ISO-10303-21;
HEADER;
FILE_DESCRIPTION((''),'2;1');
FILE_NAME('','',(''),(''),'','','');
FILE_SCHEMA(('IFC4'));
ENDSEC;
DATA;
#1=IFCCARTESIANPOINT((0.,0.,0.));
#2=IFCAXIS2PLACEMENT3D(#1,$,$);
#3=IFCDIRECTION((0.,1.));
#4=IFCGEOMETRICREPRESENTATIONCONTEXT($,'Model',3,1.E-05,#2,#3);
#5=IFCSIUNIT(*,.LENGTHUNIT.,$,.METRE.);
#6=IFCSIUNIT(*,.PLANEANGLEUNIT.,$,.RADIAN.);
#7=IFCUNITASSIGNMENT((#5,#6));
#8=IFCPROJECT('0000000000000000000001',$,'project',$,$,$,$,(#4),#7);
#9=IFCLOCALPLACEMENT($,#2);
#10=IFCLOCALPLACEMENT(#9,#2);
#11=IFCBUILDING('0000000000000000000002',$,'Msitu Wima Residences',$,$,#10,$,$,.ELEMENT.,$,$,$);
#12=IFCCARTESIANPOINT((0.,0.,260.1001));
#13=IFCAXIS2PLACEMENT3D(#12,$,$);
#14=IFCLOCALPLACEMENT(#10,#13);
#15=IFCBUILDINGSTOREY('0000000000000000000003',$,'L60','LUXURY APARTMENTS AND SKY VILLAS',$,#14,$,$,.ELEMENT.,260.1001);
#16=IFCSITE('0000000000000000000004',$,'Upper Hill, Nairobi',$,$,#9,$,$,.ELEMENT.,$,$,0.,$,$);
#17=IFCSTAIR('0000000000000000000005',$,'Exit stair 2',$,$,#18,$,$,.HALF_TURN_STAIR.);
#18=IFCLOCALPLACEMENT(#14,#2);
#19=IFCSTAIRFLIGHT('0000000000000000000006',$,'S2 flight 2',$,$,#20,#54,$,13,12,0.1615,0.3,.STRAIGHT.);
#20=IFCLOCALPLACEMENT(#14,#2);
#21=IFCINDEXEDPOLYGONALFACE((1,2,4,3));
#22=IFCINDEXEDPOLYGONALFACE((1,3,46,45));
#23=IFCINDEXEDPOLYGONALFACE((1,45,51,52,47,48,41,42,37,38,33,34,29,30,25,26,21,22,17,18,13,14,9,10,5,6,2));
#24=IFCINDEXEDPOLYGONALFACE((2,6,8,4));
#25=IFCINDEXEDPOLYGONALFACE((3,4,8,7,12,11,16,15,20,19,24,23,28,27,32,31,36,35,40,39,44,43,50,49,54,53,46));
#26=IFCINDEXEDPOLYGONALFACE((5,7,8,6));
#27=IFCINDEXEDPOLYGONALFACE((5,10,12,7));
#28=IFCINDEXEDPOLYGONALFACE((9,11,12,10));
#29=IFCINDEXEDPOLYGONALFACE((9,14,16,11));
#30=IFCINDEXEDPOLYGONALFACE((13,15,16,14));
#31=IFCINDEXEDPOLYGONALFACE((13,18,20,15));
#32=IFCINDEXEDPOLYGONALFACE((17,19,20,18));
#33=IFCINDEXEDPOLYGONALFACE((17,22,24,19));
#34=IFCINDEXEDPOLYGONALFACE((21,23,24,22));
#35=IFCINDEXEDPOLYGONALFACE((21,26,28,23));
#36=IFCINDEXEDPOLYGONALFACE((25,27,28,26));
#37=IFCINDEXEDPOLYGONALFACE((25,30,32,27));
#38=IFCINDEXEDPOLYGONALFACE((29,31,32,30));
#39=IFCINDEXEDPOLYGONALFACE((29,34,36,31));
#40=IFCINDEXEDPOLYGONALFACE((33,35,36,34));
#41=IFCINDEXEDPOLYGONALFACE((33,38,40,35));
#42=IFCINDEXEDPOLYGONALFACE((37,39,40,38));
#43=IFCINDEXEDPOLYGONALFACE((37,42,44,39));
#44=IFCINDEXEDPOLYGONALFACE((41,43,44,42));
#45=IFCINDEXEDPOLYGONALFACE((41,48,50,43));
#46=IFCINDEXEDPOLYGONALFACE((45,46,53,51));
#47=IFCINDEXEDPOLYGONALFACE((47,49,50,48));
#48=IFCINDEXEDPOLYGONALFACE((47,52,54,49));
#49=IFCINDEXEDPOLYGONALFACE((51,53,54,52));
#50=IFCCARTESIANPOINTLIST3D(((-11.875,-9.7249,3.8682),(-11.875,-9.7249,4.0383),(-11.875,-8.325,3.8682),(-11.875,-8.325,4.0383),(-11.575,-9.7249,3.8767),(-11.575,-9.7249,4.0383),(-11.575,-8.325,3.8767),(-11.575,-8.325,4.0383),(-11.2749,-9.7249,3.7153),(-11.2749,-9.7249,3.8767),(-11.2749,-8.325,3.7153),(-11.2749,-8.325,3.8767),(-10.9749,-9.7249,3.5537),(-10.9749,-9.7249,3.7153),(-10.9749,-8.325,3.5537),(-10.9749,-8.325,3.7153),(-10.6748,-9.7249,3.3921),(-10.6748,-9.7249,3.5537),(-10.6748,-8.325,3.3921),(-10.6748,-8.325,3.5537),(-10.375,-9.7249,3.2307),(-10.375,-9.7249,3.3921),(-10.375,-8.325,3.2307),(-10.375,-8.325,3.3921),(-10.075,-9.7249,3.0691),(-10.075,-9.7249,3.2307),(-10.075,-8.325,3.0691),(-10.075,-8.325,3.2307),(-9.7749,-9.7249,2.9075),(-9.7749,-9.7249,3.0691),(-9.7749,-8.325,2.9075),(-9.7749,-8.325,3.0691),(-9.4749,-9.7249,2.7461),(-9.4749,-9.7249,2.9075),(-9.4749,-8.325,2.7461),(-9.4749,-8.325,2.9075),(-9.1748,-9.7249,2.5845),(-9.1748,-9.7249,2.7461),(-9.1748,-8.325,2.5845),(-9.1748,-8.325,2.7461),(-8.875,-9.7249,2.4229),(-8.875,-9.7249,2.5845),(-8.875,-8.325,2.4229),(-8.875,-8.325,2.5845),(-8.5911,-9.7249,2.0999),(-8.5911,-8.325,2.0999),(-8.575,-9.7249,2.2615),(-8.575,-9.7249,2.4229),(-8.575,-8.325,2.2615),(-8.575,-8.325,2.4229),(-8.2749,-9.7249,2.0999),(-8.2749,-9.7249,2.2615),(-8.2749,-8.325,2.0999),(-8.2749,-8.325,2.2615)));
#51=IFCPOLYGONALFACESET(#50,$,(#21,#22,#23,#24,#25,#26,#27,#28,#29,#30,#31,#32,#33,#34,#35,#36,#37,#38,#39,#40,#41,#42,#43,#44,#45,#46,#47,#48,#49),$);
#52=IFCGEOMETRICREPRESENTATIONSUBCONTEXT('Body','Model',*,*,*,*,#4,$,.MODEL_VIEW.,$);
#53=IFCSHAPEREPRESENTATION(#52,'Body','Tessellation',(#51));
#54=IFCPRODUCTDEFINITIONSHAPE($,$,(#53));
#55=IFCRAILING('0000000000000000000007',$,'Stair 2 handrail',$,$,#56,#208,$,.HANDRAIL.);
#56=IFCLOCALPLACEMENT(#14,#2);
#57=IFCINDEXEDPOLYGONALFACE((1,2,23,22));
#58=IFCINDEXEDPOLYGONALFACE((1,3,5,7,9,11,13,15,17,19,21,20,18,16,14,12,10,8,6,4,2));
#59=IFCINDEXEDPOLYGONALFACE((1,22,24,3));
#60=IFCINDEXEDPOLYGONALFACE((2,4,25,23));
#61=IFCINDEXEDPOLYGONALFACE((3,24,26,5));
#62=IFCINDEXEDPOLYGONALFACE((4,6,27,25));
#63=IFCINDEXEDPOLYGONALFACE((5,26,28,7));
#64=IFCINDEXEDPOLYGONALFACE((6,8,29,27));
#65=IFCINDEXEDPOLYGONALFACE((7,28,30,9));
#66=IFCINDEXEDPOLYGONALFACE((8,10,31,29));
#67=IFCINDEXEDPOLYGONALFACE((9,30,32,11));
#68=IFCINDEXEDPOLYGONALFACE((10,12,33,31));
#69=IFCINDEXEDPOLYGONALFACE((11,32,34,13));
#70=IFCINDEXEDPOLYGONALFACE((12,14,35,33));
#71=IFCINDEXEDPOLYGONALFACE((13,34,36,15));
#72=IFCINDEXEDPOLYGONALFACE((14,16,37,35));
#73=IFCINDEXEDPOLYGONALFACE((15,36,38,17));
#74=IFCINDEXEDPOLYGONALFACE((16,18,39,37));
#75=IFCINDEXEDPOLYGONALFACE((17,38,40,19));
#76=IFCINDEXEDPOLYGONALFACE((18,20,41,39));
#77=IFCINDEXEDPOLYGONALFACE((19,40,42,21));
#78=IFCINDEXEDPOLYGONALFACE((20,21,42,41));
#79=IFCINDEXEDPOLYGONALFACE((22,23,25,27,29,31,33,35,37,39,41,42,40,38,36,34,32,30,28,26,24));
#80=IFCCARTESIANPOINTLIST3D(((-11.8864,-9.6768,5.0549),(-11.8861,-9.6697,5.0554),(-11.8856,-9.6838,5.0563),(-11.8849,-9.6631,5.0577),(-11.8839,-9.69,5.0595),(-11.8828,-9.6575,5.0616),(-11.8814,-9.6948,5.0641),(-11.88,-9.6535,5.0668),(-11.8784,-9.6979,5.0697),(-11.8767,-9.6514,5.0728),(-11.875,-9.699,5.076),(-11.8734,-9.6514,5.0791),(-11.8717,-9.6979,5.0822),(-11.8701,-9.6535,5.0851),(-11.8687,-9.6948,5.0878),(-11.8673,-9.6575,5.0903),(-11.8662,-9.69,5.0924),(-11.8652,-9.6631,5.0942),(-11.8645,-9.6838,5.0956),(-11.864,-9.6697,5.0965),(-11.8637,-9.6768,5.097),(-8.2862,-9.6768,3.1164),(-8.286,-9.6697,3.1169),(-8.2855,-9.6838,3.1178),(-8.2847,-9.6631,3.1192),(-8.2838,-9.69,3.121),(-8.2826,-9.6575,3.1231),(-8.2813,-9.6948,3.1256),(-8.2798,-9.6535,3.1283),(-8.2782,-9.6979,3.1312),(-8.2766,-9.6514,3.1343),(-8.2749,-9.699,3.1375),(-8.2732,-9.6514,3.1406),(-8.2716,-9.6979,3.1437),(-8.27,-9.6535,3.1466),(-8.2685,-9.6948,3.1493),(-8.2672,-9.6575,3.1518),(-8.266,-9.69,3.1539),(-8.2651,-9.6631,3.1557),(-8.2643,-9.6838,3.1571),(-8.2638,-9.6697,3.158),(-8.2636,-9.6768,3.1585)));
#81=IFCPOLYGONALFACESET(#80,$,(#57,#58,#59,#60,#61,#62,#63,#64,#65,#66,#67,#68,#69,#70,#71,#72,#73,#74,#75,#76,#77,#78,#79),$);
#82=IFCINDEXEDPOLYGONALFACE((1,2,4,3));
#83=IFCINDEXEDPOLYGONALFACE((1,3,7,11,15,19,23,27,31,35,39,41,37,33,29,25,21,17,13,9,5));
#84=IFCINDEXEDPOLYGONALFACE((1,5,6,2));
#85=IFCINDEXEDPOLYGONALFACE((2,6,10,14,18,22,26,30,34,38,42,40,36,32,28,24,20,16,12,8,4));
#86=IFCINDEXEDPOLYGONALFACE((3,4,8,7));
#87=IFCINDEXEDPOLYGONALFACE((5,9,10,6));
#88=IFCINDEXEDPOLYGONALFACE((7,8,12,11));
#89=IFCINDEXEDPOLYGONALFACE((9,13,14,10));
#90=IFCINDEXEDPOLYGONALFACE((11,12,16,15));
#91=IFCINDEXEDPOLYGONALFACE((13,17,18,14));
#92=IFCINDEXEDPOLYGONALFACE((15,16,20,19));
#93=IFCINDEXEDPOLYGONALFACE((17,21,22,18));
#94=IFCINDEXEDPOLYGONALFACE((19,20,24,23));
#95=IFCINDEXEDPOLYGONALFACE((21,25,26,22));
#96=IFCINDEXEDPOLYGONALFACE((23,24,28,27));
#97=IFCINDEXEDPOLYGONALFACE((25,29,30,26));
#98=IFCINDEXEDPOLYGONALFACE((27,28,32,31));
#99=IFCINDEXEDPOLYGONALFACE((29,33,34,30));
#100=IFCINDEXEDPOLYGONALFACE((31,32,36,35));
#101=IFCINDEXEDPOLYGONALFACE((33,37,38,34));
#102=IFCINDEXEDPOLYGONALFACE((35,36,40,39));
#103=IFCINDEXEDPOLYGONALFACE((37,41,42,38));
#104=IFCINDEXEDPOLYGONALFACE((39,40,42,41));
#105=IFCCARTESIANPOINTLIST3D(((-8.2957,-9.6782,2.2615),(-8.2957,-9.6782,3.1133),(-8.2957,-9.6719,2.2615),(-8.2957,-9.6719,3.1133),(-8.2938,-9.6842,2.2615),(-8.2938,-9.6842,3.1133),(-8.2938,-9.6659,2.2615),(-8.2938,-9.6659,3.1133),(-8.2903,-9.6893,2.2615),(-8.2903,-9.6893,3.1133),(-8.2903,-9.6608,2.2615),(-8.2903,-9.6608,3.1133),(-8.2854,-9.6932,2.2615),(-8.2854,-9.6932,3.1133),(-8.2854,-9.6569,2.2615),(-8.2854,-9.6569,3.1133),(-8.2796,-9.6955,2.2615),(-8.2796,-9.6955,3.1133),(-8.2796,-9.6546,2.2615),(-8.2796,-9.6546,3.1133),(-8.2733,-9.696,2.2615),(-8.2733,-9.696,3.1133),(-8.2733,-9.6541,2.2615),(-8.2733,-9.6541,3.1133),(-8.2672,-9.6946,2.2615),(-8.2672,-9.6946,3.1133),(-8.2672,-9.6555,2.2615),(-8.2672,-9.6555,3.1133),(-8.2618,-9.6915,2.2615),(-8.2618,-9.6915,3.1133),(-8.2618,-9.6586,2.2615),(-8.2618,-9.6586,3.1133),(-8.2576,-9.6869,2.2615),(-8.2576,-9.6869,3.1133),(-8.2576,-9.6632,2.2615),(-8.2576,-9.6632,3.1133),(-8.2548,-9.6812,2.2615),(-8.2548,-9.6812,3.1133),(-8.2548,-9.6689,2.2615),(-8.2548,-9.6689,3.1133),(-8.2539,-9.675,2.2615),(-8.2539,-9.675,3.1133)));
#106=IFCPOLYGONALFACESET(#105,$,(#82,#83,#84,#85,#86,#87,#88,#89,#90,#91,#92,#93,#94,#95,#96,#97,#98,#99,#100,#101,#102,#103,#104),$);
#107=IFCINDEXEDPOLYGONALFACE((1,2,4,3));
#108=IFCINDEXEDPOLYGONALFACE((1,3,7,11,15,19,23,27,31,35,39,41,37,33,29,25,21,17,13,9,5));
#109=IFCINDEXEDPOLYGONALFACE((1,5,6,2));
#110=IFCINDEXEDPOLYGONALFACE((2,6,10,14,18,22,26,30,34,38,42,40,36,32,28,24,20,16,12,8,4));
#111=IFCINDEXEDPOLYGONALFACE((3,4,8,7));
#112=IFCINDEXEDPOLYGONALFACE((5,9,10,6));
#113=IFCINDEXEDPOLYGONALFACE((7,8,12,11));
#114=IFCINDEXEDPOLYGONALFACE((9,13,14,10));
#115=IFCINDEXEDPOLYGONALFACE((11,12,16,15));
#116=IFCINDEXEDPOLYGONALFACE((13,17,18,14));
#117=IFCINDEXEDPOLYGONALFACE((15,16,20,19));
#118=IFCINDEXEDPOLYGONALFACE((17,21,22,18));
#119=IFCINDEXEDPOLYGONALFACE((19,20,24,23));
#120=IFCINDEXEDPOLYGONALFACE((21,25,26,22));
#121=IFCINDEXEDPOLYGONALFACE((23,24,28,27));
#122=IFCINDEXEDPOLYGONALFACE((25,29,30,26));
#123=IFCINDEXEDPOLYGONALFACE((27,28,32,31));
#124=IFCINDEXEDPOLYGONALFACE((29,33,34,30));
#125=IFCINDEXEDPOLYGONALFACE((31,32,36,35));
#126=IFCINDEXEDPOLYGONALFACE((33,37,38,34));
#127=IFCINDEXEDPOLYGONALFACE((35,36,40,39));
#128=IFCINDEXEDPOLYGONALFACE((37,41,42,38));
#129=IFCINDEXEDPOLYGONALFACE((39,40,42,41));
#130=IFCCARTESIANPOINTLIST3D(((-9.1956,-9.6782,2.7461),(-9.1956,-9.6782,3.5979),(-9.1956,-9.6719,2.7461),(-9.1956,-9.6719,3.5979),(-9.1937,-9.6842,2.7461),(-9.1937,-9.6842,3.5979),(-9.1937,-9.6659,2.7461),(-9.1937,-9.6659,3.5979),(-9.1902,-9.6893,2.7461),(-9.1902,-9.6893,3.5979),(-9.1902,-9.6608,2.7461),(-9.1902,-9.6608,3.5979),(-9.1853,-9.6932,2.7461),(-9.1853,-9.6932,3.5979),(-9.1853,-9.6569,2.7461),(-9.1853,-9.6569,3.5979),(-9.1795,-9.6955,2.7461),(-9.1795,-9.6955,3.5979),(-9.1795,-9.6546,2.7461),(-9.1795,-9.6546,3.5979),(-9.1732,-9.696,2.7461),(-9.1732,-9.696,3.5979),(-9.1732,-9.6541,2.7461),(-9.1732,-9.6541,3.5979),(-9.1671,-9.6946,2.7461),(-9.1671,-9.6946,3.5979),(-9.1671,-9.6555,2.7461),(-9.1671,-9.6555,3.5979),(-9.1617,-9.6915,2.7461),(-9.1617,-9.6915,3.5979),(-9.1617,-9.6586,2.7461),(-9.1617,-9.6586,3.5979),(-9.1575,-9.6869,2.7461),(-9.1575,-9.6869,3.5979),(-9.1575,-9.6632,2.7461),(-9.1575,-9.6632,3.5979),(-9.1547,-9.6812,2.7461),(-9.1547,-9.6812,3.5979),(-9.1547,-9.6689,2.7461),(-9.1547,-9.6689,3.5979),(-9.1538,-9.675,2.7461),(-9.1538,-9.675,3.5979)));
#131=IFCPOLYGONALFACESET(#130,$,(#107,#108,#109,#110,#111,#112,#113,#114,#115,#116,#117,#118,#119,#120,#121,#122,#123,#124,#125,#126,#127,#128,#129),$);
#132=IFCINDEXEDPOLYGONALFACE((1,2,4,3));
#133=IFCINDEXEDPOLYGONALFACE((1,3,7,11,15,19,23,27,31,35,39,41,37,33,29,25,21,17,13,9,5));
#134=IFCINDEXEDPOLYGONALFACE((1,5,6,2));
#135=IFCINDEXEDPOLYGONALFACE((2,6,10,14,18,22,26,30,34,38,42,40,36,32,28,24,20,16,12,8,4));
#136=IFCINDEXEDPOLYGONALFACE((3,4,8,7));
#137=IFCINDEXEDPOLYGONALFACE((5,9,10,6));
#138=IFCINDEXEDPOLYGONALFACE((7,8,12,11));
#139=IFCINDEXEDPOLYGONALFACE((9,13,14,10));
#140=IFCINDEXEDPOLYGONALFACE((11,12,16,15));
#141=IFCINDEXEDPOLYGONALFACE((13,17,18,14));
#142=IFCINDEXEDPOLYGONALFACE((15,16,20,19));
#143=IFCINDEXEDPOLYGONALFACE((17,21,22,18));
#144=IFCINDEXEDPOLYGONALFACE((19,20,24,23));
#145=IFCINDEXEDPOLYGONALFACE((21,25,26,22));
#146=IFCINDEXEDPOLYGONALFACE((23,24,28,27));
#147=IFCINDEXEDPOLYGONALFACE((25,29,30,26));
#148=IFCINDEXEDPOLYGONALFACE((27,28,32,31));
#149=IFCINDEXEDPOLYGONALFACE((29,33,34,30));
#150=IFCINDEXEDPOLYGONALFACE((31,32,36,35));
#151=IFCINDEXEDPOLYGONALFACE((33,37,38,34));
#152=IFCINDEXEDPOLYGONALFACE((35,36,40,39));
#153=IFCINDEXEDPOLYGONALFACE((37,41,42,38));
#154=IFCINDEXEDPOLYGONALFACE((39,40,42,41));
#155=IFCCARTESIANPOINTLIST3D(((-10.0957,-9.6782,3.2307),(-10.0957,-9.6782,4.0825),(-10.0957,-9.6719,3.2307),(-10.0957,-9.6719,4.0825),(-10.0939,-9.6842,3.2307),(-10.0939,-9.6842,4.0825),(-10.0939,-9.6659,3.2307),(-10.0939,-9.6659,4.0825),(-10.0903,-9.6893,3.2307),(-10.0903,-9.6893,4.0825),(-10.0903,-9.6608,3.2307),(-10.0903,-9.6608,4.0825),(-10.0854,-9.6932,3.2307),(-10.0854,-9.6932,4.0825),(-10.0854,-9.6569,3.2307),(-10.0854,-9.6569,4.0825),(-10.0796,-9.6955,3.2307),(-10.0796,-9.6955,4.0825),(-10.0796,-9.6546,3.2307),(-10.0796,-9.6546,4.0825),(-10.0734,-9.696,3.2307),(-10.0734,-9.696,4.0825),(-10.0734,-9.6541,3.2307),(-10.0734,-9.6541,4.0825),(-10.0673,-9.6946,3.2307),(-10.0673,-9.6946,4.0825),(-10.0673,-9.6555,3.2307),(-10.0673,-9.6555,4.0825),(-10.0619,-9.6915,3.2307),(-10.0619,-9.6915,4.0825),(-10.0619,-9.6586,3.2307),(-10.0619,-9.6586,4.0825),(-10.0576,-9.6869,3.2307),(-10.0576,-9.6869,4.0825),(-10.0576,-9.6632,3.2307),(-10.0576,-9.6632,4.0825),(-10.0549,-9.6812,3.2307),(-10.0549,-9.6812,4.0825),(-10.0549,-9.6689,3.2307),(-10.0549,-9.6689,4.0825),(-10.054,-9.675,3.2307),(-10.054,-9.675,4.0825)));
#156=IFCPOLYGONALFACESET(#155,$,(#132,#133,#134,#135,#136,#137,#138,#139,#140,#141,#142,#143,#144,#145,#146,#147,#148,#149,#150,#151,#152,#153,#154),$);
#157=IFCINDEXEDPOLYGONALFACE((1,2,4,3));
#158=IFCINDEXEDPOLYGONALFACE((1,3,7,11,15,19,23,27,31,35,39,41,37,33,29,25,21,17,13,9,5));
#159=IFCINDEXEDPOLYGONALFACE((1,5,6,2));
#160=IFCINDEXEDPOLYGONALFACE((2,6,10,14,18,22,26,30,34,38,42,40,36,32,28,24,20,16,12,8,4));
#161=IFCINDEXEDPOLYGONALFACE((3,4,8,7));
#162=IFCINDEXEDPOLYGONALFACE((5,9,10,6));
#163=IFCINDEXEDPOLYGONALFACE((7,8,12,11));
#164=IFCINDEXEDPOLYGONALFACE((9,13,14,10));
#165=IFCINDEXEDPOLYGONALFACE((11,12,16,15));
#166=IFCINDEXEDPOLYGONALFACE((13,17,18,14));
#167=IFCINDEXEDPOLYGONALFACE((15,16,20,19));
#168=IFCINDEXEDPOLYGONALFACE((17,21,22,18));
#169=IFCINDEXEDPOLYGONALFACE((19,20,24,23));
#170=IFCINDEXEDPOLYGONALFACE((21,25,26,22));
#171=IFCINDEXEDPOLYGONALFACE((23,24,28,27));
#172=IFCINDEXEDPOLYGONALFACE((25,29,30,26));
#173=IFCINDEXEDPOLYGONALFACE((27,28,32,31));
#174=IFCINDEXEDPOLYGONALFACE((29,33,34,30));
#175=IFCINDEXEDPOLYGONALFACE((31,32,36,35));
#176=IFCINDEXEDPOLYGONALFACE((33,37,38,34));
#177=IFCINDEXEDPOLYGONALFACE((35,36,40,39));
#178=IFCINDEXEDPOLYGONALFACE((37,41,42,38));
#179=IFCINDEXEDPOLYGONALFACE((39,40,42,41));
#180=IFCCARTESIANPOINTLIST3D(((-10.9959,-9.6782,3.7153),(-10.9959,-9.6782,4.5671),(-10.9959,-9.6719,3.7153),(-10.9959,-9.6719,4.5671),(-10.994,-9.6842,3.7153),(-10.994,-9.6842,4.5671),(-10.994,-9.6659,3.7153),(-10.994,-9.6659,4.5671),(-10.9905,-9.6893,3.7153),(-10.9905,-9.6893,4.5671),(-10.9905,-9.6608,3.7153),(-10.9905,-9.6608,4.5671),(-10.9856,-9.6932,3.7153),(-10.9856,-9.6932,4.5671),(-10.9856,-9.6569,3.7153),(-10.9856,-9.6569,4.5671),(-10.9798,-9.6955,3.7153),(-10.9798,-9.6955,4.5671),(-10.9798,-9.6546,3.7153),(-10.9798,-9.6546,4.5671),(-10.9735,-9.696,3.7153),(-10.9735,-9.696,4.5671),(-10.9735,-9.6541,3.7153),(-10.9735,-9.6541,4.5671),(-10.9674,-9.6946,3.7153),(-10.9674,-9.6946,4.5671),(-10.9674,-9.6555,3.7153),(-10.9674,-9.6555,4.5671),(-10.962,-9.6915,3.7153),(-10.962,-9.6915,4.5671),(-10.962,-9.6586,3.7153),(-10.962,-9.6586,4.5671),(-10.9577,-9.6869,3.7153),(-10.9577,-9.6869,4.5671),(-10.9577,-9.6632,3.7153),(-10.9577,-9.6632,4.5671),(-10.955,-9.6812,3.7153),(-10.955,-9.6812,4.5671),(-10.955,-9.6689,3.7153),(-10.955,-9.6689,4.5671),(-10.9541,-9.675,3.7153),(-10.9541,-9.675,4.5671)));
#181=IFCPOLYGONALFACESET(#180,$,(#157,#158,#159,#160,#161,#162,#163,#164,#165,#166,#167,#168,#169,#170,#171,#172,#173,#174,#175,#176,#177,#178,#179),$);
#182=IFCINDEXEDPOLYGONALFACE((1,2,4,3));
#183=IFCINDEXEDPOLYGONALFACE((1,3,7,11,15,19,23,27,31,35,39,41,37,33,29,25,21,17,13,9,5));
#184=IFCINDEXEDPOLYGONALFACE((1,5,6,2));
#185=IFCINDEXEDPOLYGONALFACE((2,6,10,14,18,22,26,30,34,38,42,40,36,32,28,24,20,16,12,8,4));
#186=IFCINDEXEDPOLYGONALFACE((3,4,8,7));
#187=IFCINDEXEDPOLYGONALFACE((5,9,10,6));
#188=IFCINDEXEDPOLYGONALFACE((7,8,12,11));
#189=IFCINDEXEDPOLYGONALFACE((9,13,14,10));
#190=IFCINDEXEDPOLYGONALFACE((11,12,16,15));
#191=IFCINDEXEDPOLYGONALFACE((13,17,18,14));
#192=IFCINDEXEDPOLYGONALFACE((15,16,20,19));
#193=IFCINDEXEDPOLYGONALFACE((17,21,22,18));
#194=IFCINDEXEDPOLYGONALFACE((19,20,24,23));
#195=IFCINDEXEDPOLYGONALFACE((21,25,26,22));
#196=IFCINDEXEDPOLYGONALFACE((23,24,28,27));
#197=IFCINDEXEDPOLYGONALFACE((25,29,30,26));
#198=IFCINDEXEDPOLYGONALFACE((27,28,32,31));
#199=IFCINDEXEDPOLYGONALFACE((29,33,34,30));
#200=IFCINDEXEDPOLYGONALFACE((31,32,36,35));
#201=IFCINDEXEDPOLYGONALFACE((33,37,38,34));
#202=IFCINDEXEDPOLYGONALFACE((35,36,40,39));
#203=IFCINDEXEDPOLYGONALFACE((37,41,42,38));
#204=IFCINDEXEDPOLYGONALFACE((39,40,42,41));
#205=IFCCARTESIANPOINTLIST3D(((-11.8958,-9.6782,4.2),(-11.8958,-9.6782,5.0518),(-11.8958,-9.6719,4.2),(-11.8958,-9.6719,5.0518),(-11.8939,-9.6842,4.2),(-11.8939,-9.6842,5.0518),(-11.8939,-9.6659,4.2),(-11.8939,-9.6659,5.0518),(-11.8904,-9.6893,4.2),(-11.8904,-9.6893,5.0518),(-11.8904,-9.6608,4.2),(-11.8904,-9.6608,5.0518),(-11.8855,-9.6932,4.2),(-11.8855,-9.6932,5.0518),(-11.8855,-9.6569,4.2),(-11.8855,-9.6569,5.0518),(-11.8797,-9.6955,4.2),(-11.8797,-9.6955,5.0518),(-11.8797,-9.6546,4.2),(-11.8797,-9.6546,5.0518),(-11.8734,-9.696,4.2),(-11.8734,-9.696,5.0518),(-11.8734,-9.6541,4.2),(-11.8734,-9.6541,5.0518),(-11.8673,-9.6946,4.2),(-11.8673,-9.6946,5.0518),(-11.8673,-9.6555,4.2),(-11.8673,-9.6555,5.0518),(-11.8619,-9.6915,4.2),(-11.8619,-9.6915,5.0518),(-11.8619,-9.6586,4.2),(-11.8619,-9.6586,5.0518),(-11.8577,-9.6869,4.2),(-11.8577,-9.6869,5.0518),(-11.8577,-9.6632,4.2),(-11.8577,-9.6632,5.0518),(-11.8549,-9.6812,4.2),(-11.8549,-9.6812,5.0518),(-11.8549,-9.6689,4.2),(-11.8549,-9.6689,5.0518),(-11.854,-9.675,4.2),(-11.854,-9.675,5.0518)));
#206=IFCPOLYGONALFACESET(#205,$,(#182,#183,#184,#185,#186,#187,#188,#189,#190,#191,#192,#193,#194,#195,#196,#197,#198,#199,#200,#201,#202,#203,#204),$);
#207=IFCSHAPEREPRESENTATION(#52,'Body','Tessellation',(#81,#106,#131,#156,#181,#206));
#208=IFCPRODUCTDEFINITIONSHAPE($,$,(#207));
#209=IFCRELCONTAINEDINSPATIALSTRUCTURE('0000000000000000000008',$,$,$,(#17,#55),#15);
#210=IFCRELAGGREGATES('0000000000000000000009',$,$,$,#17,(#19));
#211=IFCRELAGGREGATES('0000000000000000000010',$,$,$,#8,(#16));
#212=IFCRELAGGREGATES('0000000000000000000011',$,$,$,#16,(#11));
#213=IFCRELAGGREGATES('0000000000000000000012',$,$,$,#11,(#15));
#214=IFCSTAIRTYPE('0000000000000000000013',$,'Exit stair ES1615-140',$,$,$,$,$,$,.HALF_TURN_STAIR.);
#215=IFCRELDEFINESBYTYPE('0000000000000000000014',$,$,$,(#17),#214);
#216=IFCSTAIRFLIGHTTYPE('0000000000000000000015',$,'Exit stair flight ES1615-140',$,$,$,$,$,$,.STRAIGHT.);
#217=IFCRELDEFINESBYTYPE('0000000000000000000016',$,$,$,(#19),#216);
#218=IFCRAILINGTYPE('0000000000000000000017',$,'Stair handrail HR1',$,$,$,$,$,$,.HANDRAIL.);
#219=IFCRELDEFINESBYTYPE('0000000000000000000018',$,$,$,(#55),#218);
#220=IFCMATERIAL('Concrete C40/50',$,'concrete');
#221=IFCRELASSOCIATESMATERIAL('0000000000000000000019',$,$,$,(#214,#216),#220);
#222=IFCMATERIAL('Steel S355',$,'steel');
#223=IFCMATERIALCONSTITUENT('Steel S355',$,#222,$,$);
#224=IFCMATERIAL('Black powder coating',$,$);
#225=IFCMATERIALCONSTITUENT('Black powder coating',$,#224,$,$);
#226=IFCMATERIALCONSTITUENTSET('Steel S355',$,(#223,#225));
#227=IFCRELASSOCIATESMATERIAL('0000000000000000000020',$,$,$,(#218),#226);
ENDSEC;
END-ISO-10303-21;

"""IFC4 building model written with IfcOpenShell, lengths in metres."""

from ifc_helpers import new_model, si_unit, direction, frame, origin, origin_2d, place, context, subcontext, project, spatial, polyline, circle, outline, extrude, material, constituent, constituent_set, type_object, element, aggregate, save


model = new_model("IFC4")

# Units and contexts
model_context = context("Model", 3, precision=1e-05, world=origin(), true_north=direction((0.0, 1.0)))
body_context = subcontext(model_context, "Body", "Model", "MODEL_VIEW")
ifc_project = project(units=[si_unit("LENGTHUNIT", "METRE"), si_unit("PLANEANGLEUNIT", "RADIAN")], contexts=[model_context])

# Site, building, storey
site_placement = place(None, origin())
site = spatial("IfcSite", under=ifc_project, at=site_placement, Name="Upper Hill, Nairobi", CompositionType="ELEMENT", RefElevation=0.0)
building_placement = place(site_placement, origin())
building = spatial("IfcBuilding", under=site, at=building_placement, Name="Msitu Wima Residences", CompositionType="ELEMENT")
storey_placement = place(building_placement, frame((0.0, 0.0, 260.1001)))
storey = spatial("IfcBuildingStorey", under=building, at=storey_placement, Name="L60", Description="LUXURY APARTMENTS AND SKY VILLAS", CompositionType="ELEMENT", Elevation=260.1001)

# Stair, stair flight
ifc_material_1 = material(Name="Concrete C40/50", Category="concrete")
stair_type = type_object("IfcStairType", Name="Exit stair ES1615-140", PredefinedType="HALF_TURN_STAIR", material=ifc_material_1)
stair_placement = place(storey_placement, origin())
stair = element("IfcStair", 1, at=stair_placement, inside=storey, type_object=stair_type, Name="Exit stair 2", PredefinedType="HALF_TURN_STAIR")
stair_flight_type = type_object("IfcStairFlightType", Name="Exit stair flight ES1615-140", PredefinedType="STRAIGHT", material=ifc_material_1)
stair_flight_placement = place(storey_placement, frame((-8.2749, -9.0249, 2.0999), z_axis=(0.0, 0.0, 1.0), x_axis=(-1.0, 0.0, 0.0)))
stair_flight = element("IfcStairFlight", 2, at=stair_flight_placement, type_object=stair_flight_type, Name="S2 flight 2", NumberOfRisers=13, NumberOfTreads=12, PredefinedType="STRAIGHT", RiserHeight=0.1615, TreadLength=0.3, context=body_context, shape_type="SweptSolid", body=[
    extrude(outline(polyline([(0.0, 0.0), (0.0, 0.1616), (0.3, 0.1616), (0.3, 0.323), (0.6001, 0.323), (0.6001, 0.4846), (0.8999, 0.4846), (0.8999, 0.6462), (1.2, 0.6462), (1.2, 0.8076), (1.5, 0.8076), (1.5, 0.9692), (1.8, 0.9692), (1.8, 1.1309), (2.1001, 1.1309), (2.1001, 1.2922), (2.3999, 1.2922), (2.3999, 1.4539), (2.7, 1.4539), (2.7, 1.6155), (3.0, 1.6155), (3.0, 1.7769), (3.3, 1.7769), (3.3, 1.9385), (3.6001, 1.9385), (3.6001, 2.1001), (3.6001, 1.7683), (0.3162, 0.0), (0.0, 0.0)])), frame((0.0, 0.7, 0.0), z_axis=(0.0, -1.0, 0.0), x_axis=(1.0, 0.0, 0.0)), (0.0, 0.0, 1.0), 1.3999),
])
aggregate(stair, [stair_flight])

# Railing
ifc_material_2 = material(Name="Steel S355", Category="steel")
ifc_constituent_1 = constituent(ifc_material_2, Name="Steel S355")
ifc_material_3 = material(Name="Black powder coating")
ifc_constituent_2 = constituent(ifc_material_3, Name="Black powder coating")
ifc_constituent_set = constituent_set(constituents=[ifc_constituent_1, ifc_constituent_2], Name="Steel S355")
railing_type = type_object("IfcRailingType", Name="Stair handrail HR1", PredefinedType="HANDRAIL", material=ifc_constituent_set)
for number, where, name in (
    (3, (-8.2749, -9.675, 2.2615), "Stair 2 handrail"),
):
    element("IfcRailing", number, at=place(storey_placement, frame(where)), inside=storey, type_object=railing_type, Name=name, PredefinedType="HANDRAIL", context=body_context, shape_type="SweptSolid", body=[
        extrude(circle(Radius=0.0239, at=origin_2d()), frame((0.0, 0.0, 0.876), z_axis=(-0.880475, 0.0, 0.474093), x_axis=(0.0, -1.0, 0.0)), (0.0, 0.0, 1.0), 4.0889),
        extrude(circle(Radius=0.021, at=origin_2d()), origin(), (0.0, 0.0, 1.0), 0.8518),
        extrude(circle(Radius=0.021, at=origin_2d()), frame((-0.8999, 0.0, 0.4846)), (0.0, 0.0, 1.0), 0.8518),
        extrude(circle(Radius=0.021, at=origin_2d()), frame((-1.8, 0.0, 0.9692)), (0.0, 0.0, 1.0), 0.8518),
        extrude(circle(Radius=0.021, at=origin_2d()), frame((-2.7002, 0.0, 1.4539)), (0.0, 0.0, 1.0), 0.8518),
        extrude(circle(Radius=0.021, at=origin_2d()), frame((-3.6001, 0.0, 1.9385)), (0.0, 0.0, 1.0), 0.8518),
    ])

save(model, "model.ifc")
